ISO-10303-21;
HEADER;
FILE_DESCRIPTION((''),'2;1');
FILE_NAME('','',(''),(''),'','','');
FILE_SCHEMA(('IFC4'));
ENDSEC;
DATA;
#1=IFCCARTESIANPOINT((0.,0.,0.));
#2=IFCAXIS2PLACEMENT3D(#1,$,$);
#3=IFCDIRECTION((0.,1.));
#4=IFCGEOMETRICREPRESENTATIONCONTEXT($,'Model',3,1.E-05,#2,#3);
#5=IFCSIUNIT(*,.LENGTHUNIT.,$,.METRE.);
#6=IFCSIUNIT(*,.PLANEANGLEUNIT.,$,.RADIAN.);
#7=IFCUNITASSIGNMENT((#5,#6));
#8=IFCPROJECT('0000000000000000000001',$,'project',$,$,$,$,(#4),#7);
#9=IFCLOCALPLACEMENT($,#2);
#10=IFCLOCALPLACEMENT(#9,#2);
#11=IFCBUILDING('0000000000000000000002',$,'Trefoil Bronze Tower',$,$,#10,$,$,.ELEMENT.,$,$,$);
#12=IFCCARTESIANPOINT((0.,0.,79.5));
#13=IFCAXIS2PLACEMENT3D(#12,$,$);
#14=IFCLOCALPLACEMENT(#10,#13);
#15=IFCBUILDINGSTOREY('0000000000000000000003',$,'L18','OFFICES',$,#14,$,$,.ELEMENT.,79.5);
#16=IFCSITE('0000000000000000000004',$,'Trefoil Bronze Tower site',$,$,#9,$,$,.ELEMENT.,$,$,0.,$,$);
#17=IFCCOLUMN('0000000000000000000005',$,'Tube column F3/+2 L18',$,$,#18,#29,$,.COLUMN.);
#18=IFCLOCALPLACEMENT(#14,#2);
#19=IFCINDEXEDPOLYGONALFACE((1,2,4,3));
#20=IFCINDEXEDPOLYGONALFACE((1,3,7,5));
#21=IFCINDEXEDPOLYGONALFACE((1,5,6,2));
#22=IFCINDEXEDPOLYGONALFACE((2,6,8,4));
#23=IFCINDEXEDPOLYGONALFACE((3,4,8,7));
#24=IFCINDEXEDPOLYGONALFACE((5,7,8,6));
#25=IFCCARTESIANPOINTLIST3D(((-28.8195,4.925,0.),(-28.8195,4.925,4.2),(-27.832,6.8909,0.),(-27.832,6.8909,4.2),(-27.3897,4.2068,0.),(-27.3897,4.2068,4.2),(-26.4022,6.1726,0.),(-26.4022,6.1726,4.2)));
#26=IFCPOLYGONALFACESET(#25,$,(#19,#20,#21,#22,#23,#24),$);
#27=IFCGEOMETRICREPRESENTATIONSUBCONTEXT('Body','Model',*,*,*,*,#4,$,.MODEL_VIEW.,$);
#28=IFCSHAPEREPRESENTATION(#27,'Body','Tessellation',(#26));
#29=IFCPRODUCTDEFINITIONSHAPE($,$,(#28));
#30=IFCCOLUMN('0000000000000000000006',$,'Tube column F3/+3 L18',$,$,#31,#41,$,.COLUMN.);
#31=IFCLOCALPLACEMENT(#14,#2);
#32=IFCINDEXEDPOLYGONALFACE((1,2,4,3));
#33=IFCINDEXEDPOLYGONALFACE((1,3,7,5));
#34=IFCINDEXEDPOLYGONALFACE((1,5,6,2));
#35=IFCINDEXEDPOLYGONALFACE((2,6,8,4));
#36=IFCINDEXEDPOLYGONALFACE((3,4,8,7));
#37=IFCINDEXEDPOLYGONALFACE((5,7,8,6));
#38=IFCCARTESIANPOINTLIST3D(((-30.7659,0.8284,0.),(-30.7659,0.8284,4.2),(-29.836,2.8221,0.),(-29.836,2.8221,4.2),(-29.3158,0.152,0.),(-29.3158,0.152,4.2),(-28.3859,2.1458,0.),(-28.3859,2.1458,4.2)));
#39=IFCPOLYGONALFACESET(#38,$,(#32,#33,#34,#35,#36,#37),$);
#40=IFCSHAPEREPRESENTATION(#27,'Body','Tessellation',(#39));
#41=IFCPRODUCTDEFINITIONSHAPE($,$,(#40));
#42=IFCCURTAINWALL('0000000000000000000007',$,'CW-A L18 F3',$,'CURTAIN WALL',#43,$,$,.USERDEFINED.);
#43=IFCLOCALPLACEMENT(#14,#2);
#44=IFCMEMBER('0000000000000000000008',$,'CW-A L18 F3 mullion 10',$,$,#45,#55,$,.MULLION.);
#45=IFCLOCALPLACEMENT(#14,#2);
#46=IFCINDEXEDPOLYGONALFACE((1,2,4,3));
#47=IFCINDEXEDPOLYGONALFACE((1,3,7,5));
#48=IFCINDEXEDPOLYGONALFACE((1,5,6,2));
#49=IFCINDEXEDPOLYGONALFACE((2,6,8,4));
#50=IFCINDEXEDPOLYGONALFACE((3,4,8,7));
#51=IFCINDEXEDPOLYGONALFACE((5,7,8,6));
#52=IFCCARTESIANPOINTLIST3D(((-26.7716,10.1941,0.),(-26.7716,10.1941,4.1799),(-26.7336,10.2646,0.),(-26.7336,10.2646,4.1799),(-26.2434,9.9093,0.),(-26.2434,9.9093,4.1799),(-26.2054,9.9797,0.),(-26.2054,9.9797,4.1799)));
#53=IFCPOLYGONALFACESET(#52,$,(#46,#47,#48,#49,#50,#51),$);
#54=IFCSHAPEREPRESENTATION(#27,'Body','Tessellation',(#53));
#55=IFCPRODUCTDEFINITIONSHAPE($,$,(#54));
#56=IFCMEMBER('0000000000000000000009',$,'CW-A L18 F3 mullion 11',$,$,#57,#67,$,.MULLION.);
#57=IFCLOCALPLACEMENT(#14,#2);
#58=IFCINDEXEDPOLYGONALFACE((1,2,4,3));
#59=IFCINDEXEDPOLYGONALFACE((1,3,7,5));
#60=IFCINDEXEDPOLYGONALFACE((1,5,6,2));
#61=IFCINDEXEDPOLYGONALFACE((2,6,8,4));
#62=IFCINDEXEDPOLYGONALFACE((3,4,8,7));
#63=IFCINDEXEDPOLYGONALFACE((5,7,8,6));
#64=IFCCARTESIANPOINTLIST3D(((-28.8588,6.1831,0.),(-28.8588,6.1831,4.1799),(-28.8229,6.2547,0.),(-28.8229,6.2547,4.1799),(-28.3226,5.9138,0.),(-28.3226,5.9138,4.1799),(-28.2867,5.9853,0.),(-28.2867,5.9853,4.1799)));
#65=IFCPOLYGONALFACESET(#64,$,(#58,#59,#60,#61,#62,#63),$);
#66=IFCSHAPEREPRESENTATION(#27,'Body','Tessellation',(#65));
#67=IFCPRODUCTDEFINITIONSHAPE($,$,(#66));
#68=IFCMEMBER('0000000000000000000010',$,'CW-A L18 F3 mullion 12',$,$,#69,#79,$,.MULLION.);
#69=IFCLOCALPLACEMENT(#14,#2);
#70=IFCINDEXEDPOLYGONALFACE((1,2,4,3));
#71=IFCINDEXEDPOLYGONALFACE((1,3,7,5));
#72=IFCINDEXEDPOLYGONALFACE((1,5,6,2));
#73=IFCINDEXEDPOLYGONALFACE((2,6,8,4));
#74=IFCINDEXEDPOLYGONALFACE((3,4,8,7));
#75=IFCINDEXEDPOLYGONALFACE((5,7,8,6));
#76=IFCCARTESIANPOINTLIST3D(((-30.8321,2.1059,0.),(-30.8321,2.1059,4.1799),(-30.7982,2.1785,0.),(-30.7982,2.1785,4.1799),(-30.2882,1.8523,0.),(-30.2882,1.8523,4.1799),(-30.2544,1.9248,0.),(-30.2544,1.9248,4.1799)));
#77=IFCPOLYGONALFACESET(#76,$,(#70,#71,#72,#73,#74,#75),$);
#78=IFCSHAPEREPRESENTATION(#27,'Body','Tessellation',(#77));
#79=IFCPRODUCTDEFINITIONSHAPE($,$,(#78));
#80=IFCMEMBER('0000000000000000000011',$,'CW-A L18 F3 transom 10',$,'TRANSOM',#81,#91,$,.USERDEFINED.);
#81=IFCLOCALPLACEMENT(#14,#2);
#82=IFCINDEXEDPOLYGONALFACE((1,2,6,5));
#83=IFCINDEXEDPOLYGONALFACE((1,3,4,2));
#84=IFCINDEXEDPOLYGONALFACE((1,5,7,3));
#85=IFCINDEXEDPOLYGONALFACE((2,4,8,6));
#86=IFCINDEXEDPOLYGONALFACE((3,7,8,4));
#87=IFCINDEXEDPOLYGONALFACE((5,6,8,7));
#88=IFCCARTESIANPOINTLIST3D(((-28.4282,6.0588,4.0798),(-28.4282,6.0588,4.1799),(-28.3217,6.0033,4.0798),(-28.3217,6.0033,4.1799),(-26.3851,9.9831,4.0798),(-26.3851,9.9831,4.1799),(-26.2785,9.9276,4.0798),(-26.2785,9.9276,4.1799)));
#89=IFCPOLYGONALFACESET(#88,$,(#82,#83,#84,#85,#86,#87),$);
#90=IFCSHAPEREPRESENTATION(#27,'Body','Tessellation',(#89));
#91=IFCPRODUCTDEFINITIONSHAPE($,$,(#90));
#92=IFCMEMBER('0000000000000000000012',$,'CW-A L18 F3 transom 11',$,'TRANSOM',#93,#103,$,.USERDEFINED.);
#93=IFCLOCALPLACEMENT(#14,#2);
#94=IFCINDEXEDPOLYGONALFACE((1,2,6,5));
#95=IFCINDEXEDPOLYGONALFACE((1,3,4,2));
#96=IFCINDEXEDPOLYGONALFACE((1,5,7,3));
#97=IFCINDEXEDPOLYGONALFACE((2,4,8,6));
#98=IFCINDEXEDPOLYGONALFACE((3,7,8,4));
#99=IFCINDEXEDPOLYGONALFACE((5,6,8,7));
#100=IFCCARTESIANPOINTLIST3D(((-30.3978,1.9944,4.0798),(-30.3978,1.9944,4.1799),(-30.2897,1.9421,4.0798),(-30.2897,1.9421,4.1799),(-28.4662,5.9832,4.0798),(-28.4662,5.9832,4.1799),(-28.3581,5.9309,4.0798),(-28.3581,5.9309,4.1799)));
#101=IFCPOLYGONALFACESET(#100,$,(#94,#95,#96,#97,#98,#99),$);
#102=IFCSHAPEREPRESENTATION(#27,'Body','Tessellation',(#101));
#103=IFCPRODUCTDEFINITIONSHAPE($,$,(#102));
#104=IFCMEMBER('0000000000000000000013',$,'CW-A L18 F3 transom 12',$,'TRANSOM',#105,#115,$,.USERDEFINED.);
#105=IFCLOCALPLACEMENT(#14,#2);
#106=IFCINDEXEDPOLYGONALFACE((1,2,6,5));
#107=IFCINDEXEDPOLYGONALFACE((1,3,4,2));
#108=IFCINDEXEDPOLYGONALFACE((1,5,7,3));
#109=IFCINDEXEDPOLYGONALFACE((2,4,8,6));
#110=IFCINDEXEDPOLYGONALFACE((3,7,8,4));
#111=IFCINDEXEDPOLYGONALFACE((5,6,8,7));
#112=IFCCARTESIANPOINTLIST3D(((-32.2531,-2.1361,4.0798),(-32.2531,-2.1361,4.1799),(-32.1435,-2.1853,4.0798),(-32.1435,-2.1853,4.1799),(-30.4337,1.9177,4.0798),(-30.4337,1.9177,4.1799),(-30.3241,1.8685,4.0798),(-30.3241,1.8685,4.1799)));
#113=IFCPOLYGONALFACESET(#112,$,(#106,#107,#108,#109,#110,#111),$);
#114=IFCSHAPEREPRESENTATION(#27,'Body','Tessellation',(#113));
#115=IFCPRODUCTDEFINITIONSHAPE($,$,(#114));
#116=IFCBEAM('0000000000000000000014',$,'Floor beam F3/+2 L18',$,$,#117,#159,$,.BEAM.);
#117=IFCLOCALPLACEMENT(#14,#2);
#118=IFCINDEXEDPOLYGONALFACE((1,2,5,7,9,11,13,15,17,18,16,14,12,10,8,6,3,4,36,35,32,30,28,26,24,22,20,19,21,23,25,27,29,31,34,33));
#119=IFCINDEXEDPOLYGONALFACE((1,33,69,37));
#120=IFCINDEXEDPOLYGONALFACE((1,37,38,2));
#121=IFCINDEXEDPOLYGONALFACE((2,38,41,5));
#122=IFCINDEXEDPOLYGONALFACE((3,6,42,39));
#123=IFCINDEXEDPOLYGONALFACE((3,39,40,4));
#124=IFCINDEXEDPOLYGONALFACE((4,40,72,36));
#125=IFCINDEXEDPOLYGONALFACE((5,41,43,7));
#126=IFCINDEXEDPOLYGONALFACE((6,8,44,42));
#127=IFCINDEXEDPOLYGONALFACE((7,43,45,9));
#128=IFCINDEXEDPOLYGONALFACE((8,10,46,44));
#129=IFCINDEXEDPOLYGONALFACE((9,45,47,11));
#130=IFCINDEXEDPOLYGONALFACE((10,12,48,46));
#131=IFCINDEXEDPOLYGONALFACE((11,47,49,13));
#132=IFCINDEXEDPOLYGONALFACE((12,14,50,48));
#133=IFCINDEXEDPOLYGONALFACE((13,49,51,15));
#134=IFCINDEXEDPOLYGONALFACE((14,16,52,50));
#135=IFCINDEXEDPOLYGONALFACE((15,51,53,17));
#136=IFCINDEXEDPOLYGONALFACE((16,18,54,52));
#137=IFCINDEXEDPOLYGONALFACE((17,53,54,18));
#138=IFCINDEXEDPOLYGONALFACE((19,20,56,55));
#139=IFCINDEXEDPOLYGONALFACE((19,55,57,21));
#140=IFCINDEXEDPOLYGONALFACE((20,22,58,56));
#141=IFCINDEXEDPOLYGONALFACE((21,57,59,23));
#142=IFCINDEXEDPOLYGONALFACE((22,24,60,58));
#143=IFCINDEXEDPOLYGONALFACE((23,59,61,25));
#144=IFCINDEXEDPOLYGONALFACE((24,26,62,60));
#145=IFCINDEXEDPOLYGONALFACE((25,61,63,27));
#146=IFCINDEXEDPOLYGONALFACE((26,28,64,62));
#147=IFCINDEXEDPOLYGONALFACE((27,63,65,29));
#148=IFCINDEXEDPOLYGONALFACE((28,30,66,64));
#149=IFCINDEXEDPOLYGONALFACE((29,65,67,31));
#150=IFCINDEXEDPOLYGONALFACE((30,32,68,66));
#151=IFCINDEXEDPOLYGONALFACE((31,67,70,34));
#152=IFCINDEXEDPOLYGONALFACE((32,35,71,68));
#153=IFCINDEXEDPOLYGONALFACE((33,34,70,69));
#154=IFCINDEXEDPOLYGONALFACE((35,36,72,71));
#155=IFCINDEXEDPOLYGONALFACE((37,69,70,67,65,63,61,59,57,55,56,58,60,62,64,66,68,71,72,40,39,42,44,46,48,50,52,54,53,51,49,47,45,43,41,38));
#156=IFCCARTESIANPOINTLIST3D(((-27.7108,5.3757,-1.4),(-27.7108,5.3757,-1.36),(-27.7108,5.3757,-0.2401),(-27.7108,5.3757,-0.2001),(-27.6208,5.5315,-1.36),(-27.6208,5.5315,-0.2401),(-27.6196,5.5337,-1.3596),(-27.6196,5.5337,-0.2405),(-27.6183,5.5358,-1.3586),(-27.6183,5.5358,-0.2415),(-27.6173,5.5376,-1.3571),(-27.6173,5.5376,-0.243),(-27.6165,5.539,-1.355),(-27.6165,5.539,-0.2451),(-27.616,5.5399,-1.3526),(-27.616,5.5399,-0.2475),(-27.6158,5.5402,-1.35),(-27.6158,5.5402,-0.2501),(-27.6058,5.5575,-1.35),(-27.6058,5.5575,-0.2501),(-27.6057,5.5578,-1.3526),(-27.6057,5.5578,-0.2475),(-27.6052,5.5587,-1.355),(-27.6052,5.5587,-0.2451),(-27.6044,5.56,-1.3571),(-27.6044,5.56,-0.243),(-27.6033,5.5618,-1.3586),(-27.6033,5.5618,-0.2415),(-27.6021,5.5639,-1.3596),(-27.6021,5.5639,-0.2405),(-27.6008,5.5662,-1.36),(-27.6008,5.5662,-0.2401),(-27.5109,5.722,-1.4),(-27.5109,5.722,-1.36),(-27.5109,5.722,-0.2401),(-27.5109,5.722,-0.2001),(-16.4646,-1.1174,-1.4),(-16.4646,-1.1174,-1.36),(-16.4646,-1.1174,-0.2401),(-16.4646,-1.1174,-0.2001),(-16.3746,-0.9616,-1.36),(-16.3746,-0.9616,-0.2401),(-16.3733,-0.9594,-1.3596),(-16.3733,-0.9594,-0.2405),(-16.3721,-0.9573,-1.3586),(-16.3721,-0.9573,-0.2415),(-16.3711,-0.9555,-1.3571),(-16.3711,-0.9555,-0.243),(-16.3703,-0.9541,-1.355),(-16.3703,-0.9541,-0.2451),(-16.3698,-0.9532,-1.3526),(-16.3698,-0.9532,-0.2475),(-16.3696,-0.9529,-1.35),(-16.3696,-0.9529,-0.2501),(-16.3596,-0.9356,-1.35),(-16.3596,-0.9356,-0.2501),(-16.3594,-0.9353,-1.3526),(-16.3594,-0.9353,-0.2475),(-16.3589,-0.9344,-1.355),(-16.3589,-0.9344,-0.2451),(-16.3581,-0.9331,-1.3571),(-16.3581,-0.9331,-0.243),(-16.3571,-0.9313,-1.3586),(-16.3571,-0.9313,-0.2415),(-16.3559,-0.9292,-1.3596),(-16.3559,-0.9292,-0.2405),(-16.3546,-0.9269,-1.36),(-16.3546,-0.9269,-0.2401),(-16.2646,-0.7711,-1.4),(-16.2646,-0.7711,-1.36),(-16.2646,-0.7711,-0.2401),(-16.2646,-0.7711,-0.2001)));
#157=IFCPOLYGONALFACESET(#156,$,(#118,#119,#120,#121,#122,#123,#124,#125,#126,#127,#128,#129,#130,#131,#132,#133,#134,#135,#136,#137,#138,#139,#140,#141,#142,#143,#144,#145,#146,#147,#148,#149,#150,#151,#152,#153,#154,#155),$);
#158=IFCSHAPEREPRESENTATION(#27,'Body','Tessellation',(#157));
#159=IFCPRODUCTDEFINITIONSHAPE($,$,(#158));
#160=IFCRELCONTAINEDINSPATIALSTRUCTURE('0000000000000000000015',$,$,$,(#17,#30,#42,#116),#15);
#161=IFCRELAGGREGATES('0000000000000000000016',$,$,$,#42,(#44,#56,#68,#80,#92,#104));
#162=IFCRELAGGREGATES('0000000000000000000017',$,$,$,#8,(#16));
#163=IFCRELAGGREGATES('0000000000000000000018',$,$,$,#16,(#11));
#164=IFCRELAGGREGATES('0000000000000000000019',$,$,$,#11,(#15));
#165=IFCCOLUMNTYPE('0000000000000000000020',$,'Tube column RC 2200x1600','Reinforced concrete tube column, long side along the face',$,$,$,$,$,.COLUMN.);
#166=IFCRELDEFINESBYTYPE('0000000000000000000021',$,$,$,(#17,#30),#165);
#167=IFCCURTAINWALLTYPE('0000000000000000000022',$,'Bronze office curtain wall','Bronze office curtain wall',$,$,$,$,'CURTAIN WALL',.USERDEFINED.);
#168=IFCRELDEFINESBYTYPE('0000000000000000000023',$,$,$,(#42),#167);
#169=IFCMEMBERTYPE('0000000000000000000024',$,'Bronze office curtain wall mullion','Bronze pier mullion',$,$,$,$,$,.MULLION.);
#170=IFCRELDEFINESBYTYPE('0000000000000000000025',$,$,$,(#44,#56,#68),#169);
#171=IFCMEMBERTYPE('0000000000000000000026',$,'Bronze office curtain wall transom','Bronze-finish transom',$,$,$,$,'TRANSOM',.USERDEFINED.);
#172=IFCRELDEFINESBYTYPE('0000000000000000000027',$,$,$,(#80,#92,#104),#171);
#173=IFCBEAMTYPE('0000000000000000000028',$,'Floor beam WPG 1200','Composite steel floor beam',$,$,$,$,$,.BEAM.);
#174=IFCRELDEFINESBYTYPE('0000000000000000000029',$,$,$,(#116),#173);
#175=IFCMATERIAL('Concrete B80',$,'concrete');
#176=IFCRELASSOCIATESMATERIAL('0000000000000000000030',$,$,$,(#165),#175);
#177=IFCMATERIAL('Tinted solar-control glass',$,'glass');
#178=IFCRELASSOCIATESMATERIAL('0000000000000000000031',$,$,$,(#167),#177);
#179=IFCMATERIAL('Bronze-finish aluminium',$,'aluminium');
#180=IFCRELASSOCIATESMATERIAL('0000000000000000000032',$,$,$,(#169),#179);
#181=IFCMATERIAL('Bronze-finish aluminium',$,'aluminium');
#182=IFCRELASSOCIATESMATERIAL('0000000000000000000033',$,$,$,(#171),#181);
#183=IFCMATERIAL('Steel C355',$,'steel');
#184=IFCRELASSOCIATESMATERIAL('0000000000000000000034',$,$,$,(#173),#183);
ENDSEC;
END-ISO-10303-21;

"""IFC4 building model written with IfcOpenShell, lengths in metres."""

from ifc_helpers import new_model, si_unit, direction, frame, origin, origin_2d, place, context, subcontext, project, spatial, rectangle, i_section, extrude, material, material_profile, profile_set, type_object, element, aggregate, save


model = new_model("IFC4")

# Units and contexts
model_context = context("Model", 3, precision=1e-05, world=origin(), true_north=direction((0.0, 1.0)))
body_context = subcontext(model_context, "Body", "Model", "MODEL_VIEW")
ifc_project = project(units=[si_unit("LENGTHUNIT", "METRE"), si_unit("PLANEANGLEUNIT", "RADIAN")], contexts=[model_context])

# Site, building, storey
site_placement = place(None, origin())
site = spatial("IfcSite", under=ifc_project, at=site_placement, Name="Trefoil Bronze Tower site", CompositionType="ELEMENT", RefElevation=0.0)
building_placement = place(site_placement, origin())
building = spatial("IfcBuilding", under=site, at=building_placement, Name="Trefoil Bronze Tower", CompositionType="ELEMENT")
storey_placement = place(building_placement, frame((0.0, 0.0, 79.5)))
storey = spatial("IfcBuildingStorey", under=building, at=storey_placement, Name="L18", Description="OFFICES", CompositionType="ELEMENT", Elevation=79.5)

# Columns
ifc_material_1 = material(Name="Concrete B80", Category="concrete")
ifc_material_profile_1 = material_profile(ifc_material_1, rectangle(XDim=2.2, YDim=1.6001, at=origin_2d()), Name="RC 2200x1600")
ifc_profile_set_1 = profile_set([ifc_material_profile_1], Name="Concrete B80")
column_type = type_object("IfcColumnType", Name="Tube column RC 2200x1600", Description="Reinforced concrete tube column, long side along the face", PredefinedType="COLUMN", material=ifc_profile_set_1)
for number, where, z_axis, x_axis, name in (
    (1, (-27.6108, 5.5488, 0.0), (0.0, 0.0, 1.0), (-0.44889, -0.893587, 0.0), "Tube column F3/+2 L18"),
    (2, (-29.5759, 1.4871, 0.0), (0.0, 0.0, 1.0), (-0.422701, -0.906269, 0.0), "Tube column F3/+3 L18"),
):
    element("IfcColumn", number, at=place(storey_placement, frame(where, z_axis=z_axis, x_axis=x_axis)), inside=storey, type_object=column_type, Name=name, PredefinedType="COLUMN", context=body_context, shape_type="SweptSolid", body=[
        extrude(rectangle(XDim=2.2, YDim=1.6001, at=origin_2d()), origin(), (0.0, 0.0, 1.0), 4.2),
    ])

# Curtain wall, members
ifc_material_2 = material(Name="Tinted solar-control glass", Category="glass")
curtain_wall_type = type_object("IfcCurtainWallType", Name="Bronze office curtain wall", Description="Bronze office curtain wall", ElementType="CURTAIN WALL", PredefinedType="USERDEFINED", material=ifc_material_2)
curtain_wall_placement = place(storey_placement, origin())
curtain_wall = element("IfcCurtainWall", 3, at=curtain_wall_placement, inside=storey, type_object=curtain_wall_type, Name="CW-A L18 F3", ObjectType="CURTAIN WALL", PredefinedType="USERDEFINED")
ifc_material_3 = material(Name="Bronze-finish aluminium", Category="aluminium")
ifc_material_profile_2 = material_profile(ifc_material_3, rectangle(XDim=0.6001, YDim=0.0801, at=origin_2d()), Name="CW-A mullion")
ifc_profile_set_2 = profile_set([ifc_material_profile_2], Name="Bronze-finish aluminium")
member_type_1 = type_object("IfcMemberType", Name="Bronze office curtain wall mullion", Description="Bronze pier mullion", PredefinedType="MULLION", material=ifc_profile_set_2)
member_1_placement = place(storey_placement, frame((-26.4885, 10.0869, 0.0), z_axis=(0.0, 0.0, 1.0), x_axis=(0.880171, -0.474656, 0.0)))
member_1 = element("IfcMember", 4, at=member_1_placement, type_object=member_type_1, Name="CW-A L18 F3 mullion 10", PredefinedType="MULLION", context=body_context, shape_type="SweptSolid", body=[
    extrude(rectangle(XDim=0.6001, YDim=0.0801, at=origin_2d()), origin(), (0.0, 0.0, 1.0), 4.1799),
])
member_2_placement = place(storey_placement, frame((-28.5728, 6.0842, 0.0), z_axis=(0.0, 0.0, 1.0), x_axis=(0.893587, -0.44889, 0.0)))
member_2 = element("IfcMember", 5, at=member_2_placement, type_object=member_type_1, Name="CW-A L18 F3 mullion 11", PredefinedType="MULLION", context=body_context, shape_type="SweptSolid", body=[
    extrude(rectangle(XDim=0.6001, YDim=0.0801, at=origin_2d()), origin(), (0.0, 0.0, 1.0), 4.1799),
])
member_3_placement = place(storey_placement, frame((-30.5432, 2.0154, 0.0), z_axis=(0.0, 0.0, 1.0), x_axis=(0.906269, -0.422701, 0.0)))
member_3 = element("IfcMember", 6, at=member_3_placement, type_object=member_type_1, Name="CW-A L18 F3 mullion 12", PredefinedType="MULLION", context=body_context, shape_type="SweptSolid", body=[
    extrude(rectangle(XDim=0.6001, YDim=0.0801, at=origin_2d()), origin(), (0.0, 0.0, 1.0), 4.1799),
])
ifc_material_4 = material(Name="Bronze-finish aluminium", Category="aluminium")
ifc_material_profile_3 = material_profile(ifc_material_4, rectangle(XDim=0.1201, YDim=0.1001, at=origin_2d()), Name="CW-A transom")
ifc_profile_set_3 = profile_set([ifc_material_profile_3], Name="Bronze-finish aluminium")
member_type_2 = type_object("IfcMemberType", Name="Bronze office curtain wall transom", Description="Bronze-finish transom", ElementType="TRANSOM", PredefinedType="USERDEFINED", material=ifc_profile_set_3)
member_4_placement = place(storey_placement, frame((-26.3318, 9.9553, 4.1299), z_axis=(-0.46181, -0.886979, 0.0), x_axis=(0.886979, -0.46181, 0.0)))
member_4 = element("IfcMember", 7, at=member_4_placement, type_object=member_type_2, Name="CW-A L18 F3 transom 10", ObjectType="TRANSOM", PredefinedType="USERDEFINED", context=body_context, shape_type="SweptSolid", body=[
    extrude(rectangle(XDim=0.1201, YDim=0.1001, at=origin_2d()), origin(), (0.0, 0.0, 1.0), 4.4243),
])
member_5_placement = place(storey_placement, frame((-28.4121, 5.957, 4.1299), z_axis=(-0.435852, -0.900018, 0.0), x_axis=(0.900018, -0.435852, 0.0)))
member_5 = element("IfcMember", 8, at=member_5_placement, type_object=member_type_2, Name="CW-A L18 F3 transom 11", ObjectType="TRANSOM", PredefinedType="USERDEFINED", context=body_context, shape_type="SweptSolid", body=[
    extrude(rectangle(XDim=0.1201, YDim=0.1001, at=origin_2d()), origin(), (0.0, 0.0, 1.0), 4.4319),
])
member_6_placement = place(storey_placement, frame((-30.3789, 1.8931, 4.1299), z_axis=(-0.40946, -0.912328, 0.0), x_axis=(0.912328, -0.40946, 0.0)))
member_6 = element("IfcMember", 9, at=member_6_placement, type_object=member_type_2, Name="CW-A L18 F3 transom 12", ObjectType="TRANSOM", PredefinedType="USERDEFINED", context=body_context, shape_type="SweptSolid", body=[
    extrude(rectangle(XDim=0.1201, YDim=0.1001, at=origin_2d()), origin(), (0.0, 0.0, 1.0), 4.4434),
])

# Beam
ifc_material_5 = material(Name="Steel C355", Category="steel")
ifc_material_profile_4 = material_profile(ifc_material_5, i_section(OverallWidth=0.3999, OverallDepth=1.2, WebThickness=0.02, FlangeThickness=0.04, FilletRadius=0.01, at=origin_2d()), Name="WPG 1200")
ifc_profile_set_4 = profile_set([ifc_material_profile_4], Name="Steel C355")
beam_type_1 = type_object("IfcBeamType", Name="Floor beam WPG 1200", Description="Composite steel floor beam", PredefinedType="BEAM", material=ifc_profile_set_4)
beam_1_placement = place(storey_placement, frame((-27.6108, 5.5488, -0.8), z_axis=(0.866022, -0.500005, 0.0), x_axis=(0.500005, 0.866022, 0.0)))
element("IfcBeam", 10, at=beam_1_placement, inside=storey, type_object=beam_type_1, Name="Floor beam F3/+2 L18", PredefinedType="BEAM", context=body_context, shape_type="SweptSolid", body=[
    extrude(i_section(OverallWidth=0.3999, OverallDepth=1.2, WebThickness=0.02, FlangeThickness=0.04, FilletRadius=0.01, at=origin_2d()), origin(), (0.0, 0.0, 1.0), 12.9861),
])

aggregate(curtain_wall, [member_1, member_2, member_3, member_4, member_5, member_6])

save(model, "model.ifc")
